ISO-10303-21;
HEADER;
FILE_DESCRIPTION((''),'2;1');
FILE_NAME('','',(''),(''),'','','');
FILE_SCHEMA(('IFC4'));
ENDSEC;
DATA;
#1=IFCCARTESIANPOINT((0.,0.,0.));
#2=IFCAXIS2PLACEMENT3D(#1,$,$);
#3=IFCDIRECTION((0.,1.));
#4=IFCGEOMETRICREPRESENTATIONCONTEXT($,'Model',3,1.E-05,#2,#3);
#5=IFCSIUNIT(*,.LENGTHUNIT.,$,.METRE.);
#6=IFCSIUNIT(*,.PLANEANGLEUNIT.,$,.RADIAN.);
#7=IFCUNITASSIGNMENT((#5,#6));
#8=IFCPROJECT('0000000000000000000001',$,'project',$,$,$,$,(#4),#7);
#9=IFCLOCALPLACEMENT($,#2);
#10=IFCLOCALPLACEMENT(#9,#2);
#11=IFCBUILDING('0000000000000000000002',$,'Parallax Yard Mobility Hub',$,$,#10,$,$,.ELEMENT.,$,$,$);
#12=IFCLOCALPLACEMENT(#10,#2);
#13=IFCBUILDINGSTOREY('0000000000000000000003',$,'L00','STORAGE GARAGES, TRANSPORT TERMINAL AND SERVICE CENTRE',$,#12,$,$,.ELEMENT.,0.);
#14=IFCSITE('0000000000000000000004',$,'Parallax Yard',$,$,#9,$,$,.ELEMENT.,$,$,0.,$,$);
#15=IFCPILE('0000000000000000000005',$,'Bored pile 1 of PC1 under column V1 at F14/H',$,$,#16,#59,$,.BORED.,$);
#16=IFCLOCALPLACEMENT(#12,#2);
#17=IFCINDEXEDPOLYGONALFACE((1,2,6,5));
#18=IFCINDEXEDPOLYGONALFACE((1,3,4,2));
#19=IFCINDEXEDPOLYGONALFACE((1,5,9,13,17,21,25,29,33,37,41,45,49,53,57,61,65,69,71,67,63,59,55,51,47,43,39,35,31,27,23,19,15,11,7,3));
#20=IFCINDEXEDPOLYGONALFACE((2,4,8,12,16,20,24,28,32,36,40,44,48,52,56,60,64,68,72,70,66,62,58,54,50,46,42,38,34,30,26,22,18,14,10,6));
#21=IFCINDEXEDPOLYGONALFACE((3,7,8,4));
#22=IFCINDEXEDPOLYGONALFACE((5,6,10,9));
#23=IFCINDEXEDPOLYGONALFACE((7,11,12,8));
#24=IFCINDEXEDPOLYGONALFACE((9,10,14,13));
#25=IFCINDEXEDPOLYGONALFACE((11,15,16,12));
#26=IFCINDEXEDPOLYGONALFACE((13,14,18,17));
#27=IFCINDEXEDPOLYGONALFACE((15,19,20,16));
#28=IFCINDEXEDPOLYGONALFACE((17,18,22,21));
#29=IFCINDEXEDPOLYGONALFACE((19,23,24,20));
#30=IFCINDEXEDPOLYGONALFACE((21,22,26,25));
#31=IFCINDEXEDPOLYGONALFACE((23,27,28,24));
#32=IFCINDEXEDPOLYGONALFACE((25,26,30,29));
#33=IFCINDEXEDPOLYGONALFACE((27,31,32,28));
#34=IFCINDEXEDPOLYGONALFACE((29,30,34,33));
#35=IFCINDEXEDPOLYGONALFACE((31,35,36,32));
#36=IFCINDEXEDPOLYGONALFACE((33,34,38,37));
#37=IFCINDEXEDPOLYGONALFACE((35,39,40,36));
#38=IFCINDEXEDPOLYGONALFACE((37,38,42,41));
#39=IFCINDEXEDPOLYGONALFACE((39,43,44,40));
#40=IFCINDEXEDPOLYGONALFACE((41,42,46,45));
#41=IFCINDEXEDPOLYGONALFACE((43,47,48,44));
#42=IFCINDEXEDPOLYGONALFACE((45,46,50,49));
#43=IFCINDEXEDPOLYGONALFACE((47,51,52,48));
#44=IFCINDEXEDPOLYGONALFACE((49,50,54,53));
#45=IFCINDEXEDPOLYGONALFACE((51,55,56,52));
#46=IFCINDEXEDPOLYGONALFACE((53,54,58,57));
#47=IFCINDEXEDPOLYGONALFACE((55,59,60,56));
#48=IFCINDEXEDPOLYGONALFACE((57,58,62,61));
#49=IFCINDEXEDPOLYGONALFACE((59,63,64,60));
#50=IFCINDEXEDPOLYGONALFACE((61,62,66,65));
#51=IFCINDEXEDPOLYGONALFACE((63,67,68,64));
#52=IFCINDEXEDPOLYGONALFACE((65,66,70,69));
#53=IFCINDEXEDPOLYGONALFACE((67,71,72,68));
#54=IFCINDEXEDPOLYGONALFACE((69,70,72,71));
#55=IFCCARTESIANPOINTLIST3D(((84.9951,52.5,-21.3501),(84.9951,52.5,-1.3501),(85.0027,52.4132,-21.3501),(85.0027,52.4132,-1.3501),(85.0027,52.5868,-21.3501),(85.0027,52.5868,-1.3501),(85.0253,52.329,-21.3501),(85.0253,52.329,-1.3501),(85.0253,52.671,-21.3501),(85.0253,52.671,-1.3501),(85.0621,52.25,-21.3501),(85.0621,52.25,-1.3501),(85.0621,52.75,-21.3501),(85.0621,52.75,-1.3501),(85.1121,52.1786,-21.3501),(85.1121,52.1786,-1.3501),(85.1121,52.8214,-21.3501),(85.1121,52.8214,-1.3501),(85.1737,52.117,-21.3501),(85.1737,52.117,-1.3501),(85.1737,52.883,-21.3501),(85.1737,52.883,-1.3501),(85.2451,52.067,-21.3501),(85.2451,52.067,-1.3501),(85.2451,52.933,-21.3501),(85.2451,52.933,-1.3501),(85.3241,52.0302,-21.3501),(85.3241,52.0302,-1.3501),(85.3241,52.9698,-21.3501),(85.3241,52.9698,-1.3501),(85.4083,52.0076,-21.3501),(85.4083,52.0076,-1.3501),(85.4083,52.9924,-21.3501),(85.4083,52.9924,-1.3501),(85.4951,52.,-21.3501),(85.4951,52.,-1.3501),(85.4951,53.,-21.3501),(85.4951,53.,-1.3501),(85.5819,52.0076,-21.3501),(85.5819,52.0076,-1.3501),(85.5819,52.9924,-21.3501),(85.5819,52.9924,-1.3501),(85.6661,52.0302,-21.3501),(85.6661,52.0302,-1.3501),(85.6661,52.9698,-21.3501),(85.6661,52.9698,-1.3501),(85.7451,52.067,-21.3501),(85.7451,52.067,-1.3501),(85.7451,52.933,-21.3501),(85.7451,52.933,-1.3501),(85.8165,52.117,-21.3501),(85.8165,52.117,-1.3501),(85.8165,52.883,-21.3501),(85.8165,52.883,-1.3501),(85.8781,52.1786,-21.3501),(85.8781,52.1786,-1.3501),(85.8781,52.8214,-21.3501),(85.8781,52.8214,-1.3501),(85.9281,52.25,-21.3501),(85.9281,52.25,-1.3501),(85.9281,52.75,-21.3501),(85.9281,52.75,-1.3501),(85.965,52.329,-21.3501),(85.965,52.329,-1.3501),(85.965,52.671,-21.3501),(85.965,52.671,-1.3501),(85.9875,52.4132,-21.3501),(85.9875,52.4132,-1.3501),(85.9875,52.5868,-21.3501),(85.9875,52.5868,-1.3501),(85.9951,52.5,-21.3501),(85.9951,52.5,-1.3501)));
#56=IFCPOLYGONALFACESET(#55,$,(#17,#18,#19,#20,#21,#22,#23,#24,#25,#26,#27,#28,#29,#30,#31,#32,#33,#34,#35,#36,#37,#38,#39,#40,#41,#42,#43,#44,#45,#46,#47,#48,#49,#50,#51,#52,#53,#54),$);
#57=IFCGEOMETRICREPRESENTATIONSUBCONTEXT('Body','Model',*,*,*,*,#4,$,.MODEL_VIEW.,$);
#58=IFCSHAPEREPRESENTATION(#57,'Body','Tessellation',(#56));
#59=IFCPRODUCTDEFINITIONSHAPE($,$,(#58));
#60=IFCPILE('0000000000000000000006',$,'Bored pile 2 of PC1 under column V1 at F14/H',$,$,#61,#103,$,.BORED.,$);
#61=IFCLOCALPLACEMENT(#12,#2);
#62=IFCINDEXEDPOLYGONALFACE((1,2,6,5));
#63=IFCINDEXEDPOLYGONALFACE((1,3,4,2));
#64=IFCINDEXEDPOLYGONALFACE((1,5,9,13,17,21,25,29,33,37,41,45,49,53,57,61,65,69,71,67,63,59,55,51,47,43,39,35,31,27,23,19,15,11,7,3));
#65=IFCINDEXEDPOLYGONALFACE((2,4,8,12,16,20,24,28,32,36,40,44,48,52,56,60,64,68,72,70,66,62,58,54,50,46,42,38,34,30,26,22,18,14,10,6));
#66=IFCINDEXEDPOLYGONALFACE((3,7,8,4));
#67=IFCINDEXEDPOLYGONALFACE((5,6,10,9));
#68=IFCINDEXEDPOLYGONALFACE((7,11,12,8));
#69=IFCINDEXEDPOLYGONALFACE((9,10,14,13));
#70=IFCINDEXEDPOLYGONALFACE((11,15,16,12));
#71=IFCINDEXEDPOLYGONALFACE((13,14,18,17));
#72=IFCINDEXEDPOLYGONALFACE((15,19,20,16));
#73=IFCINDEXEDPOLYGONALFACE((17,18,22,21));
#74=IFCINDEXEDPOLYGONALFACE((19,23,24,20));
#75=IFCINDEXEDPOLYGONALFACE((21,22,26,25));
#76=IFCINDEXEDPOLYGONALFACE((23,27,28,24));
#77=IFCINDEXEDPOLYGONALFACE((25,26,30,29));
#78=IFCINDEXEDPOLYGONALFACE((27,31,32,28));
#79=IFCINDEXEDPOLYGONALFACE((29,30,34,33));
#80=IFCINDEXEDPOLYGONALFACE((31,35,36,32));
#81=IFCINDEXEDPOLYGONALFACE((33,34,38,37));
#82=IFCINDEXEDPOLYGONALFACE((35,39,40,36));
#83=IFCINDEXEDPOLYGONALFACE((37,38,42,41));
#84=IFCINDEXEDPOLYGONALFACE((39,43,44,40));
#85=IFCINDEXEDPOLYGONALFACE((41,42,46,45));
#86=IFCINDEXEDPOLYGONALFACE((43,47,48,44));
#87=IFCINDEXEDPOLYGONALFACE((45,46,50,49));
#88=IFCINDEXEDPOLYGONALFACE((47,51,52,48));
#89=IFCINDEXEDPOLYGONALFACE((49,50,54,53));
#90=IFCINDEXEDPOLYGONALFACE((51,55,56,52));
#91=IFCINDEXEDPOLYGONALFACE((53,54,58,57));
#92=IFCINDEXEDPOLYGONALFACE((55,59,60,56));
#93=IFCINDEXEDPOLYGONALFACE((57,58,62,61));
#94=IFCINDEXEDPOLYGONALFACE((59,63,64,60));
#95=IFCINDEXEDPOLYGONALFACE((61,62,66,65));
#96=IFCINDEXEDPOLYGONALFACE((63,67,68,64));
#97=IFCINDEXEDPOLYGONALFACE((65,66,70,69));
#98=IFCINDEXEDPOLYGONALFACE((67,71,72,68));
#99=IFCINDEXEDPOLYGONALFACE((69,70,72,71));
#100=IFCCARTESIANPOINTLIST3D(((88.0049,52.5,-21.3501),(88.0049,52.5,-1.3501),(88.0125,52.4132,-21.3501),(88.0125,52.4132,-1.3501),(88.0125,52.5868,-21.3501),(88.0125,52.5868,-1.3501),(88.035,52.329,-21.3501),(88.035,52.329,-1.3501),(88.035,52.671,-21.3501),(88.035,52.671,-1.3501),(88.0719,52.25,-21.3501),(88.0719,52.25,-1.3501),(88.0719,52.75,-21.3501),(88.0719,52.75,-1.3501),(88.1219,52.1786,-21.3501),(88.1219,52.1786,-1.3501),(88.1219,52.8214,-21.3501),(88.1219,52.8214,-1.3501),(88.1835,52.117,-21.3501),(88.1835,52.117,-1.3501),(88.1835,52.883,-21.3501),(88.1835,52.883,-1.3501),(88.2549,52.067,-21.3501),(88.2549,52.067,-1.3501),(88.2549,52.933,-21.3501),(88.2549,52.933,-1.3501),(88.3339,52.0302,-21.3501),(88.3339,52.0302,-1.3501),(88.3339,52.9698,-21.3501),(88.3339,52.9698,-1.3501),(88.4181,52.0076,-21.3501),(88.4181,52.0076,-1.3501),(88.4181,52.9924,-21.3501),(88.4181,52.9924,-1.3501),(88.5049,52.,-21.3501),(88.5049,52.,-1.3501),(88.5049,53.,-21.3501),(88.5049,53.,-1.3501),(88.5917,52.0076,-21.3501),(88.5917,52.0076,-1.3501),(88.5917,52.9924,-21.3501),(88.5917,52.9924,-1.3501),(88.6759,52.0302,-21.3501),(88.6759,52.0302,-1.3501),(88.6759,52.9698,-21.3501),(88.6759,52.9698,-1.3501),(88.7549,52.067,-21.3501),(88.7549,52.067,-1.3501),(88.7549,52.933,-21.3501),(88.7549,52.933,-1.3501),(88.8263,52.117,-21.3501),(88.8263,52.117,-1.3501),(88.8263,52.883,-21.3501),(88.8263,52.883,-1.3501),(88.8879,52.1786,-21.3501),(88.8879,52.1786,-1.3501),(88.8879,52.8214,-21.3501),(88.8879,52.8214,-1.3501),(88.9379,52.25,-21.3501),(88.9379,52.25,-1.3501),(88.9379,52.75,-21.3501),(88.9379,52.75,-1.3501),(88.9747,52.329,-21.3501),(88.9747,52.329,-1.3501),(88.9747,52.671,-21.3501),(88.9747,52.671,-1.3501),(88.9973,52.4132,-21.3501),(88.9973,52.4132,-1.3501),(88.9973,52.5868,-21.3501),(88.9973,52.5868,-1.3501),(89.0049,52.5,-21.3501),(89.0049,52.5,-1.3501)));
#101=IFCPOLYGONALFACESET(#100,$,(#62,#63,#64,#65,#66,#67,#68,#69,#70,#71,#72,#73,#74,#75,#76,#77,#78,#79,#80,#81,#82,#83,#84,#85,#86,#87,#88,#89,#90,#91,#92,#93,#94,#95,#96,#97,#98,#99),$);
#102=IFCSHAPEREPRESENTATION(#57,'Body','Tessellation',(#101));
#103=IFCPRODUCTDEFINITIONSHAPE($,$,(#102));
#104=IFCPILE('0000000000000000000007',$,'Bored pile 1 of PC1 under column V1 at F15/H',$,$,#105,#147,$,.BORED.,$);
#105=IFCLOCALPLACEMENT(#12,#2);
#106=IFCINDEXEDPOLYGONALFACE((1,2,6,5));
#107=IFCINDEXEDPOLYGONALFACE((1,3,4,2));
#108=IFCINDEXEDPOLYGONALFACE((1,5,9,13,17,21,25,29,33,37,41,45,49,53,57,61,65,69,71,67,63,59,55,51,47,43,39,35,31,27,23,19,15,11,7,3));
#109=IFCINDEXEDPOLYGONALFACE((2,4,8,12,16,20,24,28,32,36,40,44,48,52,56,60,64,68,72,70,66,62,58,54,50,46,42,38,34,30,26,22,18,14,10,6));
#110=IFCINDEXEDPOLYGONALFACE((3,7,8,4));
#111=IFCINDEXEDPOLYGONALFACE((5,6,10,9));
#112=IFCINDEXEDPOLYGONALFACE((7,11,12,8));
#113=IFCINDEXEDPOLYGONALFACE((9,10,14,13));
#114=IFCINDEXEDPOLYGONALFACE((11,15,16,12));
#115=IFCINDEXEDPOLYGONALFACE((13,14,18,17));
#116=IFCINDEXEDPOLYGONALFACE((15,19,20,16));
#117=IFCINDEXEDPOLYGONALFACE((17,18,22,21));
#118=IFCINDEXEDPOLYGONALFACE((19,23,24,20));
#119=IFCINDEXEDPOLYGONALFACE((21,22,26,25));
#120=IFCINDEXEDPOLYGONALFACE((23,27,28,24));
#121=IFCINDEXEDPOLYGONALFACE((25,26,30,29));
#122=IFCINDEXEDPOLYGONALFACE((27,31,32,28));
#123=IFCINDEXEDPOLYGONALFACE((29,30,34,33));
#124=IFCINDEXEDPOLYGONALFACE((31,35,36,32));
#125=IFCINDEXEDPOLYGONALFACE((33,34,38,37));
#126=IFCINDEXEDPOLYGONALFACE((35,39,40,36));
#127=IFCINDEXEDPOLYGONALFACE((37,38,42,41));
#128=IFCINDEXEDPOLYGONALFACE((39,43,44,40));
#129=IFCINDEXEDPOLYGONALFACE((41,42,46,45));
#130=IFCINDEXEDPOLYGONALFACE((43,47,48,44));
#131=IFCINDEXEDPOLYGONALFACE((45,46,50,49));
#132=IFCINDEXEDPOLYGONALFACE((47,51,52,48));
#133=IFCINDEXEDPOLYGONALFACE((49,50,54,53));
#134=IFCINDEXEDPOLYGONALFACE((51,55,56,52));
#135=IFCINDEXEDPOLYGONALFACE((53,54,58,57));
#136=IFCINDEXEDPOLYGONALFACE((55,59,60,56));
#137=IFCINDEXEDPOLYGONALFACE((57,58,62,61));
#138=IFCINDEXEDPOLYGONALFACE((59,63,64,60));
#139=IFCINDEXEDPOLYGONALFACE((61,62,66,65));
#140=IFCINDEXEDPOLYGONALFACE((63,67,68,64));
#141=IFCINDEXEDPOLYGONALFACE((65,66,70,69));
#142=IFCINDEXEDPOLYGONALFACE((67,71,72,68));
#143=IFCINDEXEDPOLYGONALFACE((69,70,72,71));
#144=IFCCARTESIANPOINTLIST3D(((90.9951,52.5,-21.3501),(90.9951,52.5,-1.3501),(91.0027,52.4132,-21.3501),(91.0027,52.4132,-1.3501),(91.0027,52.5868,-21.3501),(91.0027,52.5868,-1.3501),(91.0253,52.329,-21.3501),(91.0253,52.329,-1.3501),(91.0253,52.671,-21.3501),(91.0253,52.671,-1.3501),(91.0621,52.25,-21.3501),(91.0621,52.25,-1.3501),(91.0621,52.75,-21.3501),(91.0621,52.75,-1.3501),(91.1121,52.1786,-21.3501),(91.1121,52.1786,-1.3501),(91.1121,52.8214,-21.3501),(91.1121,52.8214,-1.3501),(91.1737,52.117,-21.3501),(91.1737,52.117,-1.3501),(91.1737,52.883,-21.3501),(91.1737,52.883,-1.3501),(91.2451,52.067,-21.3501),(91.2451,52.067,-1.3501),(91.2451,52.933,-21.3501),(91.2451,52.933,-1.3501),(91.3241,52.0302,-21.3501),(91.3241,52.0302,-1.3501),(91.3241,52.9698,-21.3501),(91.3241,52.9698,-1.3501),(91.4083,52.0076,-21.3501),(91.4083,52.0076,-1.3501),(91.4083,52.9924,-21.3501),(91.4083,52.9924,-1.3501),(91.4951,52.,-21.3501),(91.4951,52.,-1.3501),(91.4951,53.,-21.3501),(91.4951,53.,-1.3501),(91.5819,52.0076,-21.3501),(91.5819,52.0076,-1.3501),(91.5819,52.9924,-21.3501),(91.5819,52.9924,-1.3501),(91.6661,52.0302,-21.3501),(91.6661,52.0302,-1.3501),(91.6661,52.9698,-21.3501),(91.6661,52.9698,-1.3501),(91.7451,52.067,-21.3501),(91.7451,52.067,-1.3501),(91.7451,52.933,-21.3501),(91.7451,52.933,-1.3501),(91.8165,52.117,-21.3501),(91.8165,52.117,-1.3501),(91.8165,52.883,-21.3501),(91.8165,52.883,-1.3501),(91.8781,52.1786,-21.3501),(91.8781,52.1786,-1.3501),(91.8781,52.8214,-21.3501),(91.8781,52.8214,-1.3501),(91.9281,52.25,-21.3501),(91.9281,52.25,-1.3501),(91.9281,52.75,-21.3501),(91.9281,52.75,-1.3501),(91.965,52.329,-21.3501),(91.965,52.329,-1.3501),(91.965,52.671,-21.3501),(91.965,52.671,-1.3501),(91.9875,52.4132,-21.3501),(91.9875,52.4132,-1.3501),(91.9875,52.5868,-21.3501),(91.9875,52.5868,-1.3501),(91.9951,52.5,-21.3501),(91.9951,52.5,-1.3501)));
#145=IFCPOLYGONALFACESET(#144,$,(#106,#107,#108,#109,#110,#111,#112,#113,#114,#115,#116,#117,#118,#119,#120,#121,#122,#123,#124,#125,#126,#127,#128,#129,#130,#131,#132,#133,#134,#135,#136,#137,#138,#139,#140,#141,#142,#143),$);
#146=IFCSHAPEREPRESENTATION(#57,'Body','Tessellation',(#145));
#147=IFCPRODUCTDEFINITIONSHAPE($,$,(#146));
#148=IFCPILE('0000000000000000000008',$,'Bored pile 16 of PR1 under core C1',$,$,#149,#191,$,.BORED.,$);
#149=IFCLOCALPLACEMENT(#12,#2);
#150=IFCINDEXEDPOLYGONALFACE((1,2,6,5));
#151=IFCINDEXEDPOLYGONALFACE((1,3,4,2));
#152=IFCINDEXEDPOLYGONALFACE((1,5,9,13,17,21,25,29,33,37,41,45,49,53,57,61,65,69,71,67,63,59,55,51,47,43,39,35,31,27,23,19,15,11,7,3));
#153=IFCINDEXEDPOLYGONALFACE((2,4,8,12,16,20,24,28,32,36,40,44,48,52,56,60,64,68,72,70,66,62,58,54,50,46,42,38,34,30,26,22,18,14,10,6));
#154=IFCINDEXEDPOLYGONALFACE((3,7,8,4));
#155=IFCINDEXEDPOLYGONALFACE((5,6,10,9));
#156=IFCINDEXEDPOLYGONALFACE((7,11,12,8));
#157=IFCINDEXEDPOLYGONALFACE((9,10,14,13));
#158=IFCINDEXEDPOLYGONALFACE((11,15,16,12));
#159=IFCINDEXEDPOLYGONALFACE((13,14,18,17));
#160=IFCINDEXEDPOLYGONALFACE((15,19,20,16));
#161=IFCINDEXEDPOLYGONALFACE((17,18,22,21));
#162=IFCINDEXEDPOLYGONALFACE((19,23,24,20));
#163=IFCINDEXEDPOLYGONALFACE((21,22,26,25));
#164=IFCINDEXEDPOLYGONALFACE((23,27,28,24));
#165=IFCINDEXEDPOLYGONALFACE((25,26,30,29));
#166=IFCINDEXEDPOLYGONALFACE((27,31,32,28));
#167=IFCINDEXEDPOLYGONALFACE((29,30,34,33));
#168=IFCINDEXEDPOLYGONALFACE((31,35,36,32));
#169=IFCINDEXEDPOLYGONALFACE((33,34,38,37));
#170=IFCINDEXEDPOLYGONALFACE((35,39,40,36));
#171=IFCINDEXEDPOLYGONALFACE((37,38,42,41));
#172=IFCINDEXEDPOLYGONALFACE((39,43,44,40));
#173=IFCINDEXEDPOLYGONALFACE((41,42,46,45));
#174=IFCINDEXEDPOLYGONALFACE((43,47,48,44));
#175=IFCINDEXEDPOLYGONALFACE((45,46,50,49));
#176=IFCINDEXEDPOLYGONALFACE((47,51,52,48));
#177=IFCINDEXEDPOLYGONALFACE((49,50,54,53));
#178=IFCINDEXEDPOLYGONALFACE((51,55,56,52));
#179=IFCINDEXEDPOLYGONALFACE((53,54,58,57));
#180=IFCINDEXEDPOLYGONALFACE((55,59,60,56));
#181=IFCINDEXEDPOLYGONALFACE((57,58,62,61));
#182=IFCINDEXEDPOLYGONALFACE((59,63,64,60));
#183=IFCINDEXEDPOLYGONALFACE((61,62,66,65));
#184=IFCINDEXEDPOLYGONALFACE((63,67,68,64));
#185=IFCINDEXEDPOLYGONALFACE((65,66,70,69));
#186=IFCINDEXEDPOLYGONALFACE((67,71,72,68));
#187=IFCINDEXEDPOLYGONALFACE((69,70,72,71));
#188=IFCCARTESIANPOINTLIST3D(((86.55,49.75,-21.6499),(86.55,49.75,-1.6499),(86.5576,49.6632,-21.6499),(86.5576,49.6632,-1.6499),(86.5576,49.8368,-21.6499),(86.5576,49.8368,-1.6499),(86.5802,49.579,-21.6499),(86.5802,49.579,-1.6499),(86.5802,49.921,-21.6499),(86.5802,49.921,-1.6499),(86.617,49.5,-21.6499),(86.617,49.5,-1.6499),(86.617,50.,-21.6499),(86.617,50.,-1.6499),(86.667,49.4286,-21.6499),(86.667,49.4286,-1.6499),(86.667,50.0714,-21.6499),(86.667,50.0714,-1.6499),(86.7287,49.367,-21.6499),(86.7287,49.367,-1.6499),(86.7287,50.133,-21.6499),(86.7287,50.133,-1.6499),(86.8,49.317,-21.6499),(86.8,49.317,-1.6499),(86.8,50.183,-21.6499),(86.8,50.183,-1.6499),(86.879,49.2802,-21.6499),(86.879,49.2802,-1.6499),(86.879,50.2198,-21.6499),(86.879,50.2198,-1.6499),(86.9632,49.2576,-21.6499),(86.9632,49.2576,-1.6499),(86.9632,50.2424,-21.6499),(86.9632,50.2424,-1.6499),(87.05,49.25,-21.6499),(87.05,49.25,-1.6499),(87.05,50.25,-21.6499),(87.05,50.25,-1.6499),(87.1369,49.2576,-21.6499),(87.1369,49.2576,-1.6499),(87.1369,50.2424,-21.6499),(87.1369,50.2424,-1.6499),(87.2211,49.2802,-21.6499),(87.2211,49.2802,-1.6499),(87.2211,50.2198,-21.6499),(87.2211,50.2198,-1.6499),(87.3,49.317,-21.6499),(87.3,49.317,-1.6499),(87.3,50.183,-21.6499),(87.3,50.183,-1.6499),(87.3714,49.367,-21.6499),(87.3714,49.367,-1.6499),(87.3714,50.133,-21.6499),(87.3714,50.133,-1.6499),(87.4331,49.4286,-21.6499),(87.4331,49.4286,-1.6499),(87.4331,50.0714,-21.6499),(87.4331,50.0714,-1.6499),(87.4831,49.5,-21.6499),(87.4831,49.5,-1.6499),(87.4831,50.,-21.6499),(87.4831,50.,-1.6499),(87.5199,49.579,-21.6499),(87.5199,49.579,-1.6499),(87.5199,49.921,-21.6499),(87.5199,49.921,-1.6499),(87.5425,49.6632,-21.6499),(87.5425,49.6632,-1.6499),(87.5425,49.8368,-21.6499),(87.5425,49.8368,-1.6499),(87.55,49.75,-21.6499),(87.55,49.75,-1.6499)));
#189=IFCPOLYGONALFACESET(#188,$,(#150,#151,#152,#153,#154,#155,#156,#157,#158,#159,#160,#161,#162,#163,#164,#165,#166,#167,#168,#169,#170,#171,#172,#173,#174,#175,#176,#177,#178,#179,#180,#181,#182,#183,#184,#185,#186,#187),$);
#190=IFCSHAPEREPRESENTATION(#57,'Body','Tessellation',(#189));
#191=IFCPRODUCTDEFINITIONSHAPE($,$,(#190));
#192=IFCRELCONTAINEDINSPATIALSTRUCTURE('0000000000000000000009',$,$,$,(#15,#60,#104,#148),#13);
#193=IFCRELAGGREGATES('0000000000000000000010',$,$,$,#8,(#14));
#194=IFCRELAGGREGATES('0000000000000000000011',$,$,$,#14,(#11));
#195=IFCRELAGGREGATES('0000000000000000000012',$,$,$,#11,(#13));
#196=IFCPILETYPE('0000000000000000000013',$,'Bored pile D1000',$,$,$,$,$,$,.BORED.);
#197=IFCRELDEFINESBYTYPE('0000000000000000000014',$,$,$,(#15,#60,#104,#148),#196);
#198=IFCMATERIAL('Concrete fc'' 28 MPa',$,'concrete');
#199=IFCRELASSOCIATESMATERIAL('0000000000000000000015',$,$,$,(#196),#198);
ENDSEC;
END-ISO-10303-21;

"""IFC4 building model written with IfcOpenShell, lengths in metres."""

from ifc_helpers import new_model, si_unit, direction, frame, origin, origin_2d, place, context, subcontext, project, spatial, circle, extrude, material, material_profile, profile_set, type_object, element, save


model = new_model("IFC4")

# Units and contexts
model_context = context("Model", 3, precision=1e-05, world=origin(), true_north=direction((0.0, 1.0)))
body_context = subcontext(model_context, "Body", "Model", "MODEL_VIEW")
ifc_project = project(units=[si_unit("LENGTHUNIT", "METRE"), si_unit("PLANEANGLEUNIT", "RADIAN")], contexts=[model_context])

# Site, building, storey
site_placement = place(None, origin())
site = spatial("IfcSite", under=ifc_project, at=site_placement, Name="Parallax Yard", CompositionType="ELEMENT", RefElevation=0.0)
building_placement = place(site_placement, origin())
building = spatial("IfcBuilding", under=site, at=building_placement, Name="Parallax Yard Mobility Hub", CompositionType="ELEMENT")
storey_placement = place(building_placement, origin())
storey = spatial("IfcBuildingStorey", under=building, at=storey_placement, Name="L00", Description="STORAGE GARAGES, TRANSPORT TERMINAL AND SERVICE CENTRE", CompositionType="ELEMENT", Elevation=0.0)

# Piles
ifc_material_1 = material(Name="Concrete fc' 28 MPa", Category="concrete")
ifc_material_profile_1 = material_profile(ifc_material_1, circle(Radius=0.5, at=origin_2d()), Name="Bored pile D1000")
ifc_profile_set_1 = profile_set([ifc_material_profile_1], Name="Concrete fc' 28 MPa")
pile_type = type_object("IfcPileType", Name="Bored pile D1000", PredefinedType="BORED", material=ifc_profile_set_1)
for number, where, z_axis, x_axis, name in (
    (1, (85.4951, 52.5, -1.3501), (0.0, 0.0, -1.0), (1.0, 0.0, 0.0), "Bored pile 1 of PC1 under column V1 at F14/H"),
    (2, (88.5049, 52.5, -1.3501), (0.0, 0.0, -1.0), (1.0, 0.0, 0.0), "Bored pile 2 of PC1 under column V1 at F14/H"),
    (3, (91.4951, 52.5, -1.3501), (0.0, 0.0, -1.0), (1.0, 0.0, 0.0), "Bored pile 1 of PC1 under column V1 at F15/H"),
    (4, (87.05, 49.75, -1.6499), (0.0, 0.0, -1.0), (1.0, 0.0, 0.0), "Bored pile 16 of PR1 under core C1"),
):
    element("IfcPile", number, at=place(storey_placement, frame(where, z_axis=z_axis, x_axis=x_axis)), inside=storey, type_object=pile_type, Name=name, PredefinedType="BORED", context=body_context, shape_type="SweptSolid", body=[
        extrude(circle(Radius=0.5, at=origin_2d()), origin(), (0.0, 0.0, 1.0), 20.0),
    ])

save(model, "model.ifc")
